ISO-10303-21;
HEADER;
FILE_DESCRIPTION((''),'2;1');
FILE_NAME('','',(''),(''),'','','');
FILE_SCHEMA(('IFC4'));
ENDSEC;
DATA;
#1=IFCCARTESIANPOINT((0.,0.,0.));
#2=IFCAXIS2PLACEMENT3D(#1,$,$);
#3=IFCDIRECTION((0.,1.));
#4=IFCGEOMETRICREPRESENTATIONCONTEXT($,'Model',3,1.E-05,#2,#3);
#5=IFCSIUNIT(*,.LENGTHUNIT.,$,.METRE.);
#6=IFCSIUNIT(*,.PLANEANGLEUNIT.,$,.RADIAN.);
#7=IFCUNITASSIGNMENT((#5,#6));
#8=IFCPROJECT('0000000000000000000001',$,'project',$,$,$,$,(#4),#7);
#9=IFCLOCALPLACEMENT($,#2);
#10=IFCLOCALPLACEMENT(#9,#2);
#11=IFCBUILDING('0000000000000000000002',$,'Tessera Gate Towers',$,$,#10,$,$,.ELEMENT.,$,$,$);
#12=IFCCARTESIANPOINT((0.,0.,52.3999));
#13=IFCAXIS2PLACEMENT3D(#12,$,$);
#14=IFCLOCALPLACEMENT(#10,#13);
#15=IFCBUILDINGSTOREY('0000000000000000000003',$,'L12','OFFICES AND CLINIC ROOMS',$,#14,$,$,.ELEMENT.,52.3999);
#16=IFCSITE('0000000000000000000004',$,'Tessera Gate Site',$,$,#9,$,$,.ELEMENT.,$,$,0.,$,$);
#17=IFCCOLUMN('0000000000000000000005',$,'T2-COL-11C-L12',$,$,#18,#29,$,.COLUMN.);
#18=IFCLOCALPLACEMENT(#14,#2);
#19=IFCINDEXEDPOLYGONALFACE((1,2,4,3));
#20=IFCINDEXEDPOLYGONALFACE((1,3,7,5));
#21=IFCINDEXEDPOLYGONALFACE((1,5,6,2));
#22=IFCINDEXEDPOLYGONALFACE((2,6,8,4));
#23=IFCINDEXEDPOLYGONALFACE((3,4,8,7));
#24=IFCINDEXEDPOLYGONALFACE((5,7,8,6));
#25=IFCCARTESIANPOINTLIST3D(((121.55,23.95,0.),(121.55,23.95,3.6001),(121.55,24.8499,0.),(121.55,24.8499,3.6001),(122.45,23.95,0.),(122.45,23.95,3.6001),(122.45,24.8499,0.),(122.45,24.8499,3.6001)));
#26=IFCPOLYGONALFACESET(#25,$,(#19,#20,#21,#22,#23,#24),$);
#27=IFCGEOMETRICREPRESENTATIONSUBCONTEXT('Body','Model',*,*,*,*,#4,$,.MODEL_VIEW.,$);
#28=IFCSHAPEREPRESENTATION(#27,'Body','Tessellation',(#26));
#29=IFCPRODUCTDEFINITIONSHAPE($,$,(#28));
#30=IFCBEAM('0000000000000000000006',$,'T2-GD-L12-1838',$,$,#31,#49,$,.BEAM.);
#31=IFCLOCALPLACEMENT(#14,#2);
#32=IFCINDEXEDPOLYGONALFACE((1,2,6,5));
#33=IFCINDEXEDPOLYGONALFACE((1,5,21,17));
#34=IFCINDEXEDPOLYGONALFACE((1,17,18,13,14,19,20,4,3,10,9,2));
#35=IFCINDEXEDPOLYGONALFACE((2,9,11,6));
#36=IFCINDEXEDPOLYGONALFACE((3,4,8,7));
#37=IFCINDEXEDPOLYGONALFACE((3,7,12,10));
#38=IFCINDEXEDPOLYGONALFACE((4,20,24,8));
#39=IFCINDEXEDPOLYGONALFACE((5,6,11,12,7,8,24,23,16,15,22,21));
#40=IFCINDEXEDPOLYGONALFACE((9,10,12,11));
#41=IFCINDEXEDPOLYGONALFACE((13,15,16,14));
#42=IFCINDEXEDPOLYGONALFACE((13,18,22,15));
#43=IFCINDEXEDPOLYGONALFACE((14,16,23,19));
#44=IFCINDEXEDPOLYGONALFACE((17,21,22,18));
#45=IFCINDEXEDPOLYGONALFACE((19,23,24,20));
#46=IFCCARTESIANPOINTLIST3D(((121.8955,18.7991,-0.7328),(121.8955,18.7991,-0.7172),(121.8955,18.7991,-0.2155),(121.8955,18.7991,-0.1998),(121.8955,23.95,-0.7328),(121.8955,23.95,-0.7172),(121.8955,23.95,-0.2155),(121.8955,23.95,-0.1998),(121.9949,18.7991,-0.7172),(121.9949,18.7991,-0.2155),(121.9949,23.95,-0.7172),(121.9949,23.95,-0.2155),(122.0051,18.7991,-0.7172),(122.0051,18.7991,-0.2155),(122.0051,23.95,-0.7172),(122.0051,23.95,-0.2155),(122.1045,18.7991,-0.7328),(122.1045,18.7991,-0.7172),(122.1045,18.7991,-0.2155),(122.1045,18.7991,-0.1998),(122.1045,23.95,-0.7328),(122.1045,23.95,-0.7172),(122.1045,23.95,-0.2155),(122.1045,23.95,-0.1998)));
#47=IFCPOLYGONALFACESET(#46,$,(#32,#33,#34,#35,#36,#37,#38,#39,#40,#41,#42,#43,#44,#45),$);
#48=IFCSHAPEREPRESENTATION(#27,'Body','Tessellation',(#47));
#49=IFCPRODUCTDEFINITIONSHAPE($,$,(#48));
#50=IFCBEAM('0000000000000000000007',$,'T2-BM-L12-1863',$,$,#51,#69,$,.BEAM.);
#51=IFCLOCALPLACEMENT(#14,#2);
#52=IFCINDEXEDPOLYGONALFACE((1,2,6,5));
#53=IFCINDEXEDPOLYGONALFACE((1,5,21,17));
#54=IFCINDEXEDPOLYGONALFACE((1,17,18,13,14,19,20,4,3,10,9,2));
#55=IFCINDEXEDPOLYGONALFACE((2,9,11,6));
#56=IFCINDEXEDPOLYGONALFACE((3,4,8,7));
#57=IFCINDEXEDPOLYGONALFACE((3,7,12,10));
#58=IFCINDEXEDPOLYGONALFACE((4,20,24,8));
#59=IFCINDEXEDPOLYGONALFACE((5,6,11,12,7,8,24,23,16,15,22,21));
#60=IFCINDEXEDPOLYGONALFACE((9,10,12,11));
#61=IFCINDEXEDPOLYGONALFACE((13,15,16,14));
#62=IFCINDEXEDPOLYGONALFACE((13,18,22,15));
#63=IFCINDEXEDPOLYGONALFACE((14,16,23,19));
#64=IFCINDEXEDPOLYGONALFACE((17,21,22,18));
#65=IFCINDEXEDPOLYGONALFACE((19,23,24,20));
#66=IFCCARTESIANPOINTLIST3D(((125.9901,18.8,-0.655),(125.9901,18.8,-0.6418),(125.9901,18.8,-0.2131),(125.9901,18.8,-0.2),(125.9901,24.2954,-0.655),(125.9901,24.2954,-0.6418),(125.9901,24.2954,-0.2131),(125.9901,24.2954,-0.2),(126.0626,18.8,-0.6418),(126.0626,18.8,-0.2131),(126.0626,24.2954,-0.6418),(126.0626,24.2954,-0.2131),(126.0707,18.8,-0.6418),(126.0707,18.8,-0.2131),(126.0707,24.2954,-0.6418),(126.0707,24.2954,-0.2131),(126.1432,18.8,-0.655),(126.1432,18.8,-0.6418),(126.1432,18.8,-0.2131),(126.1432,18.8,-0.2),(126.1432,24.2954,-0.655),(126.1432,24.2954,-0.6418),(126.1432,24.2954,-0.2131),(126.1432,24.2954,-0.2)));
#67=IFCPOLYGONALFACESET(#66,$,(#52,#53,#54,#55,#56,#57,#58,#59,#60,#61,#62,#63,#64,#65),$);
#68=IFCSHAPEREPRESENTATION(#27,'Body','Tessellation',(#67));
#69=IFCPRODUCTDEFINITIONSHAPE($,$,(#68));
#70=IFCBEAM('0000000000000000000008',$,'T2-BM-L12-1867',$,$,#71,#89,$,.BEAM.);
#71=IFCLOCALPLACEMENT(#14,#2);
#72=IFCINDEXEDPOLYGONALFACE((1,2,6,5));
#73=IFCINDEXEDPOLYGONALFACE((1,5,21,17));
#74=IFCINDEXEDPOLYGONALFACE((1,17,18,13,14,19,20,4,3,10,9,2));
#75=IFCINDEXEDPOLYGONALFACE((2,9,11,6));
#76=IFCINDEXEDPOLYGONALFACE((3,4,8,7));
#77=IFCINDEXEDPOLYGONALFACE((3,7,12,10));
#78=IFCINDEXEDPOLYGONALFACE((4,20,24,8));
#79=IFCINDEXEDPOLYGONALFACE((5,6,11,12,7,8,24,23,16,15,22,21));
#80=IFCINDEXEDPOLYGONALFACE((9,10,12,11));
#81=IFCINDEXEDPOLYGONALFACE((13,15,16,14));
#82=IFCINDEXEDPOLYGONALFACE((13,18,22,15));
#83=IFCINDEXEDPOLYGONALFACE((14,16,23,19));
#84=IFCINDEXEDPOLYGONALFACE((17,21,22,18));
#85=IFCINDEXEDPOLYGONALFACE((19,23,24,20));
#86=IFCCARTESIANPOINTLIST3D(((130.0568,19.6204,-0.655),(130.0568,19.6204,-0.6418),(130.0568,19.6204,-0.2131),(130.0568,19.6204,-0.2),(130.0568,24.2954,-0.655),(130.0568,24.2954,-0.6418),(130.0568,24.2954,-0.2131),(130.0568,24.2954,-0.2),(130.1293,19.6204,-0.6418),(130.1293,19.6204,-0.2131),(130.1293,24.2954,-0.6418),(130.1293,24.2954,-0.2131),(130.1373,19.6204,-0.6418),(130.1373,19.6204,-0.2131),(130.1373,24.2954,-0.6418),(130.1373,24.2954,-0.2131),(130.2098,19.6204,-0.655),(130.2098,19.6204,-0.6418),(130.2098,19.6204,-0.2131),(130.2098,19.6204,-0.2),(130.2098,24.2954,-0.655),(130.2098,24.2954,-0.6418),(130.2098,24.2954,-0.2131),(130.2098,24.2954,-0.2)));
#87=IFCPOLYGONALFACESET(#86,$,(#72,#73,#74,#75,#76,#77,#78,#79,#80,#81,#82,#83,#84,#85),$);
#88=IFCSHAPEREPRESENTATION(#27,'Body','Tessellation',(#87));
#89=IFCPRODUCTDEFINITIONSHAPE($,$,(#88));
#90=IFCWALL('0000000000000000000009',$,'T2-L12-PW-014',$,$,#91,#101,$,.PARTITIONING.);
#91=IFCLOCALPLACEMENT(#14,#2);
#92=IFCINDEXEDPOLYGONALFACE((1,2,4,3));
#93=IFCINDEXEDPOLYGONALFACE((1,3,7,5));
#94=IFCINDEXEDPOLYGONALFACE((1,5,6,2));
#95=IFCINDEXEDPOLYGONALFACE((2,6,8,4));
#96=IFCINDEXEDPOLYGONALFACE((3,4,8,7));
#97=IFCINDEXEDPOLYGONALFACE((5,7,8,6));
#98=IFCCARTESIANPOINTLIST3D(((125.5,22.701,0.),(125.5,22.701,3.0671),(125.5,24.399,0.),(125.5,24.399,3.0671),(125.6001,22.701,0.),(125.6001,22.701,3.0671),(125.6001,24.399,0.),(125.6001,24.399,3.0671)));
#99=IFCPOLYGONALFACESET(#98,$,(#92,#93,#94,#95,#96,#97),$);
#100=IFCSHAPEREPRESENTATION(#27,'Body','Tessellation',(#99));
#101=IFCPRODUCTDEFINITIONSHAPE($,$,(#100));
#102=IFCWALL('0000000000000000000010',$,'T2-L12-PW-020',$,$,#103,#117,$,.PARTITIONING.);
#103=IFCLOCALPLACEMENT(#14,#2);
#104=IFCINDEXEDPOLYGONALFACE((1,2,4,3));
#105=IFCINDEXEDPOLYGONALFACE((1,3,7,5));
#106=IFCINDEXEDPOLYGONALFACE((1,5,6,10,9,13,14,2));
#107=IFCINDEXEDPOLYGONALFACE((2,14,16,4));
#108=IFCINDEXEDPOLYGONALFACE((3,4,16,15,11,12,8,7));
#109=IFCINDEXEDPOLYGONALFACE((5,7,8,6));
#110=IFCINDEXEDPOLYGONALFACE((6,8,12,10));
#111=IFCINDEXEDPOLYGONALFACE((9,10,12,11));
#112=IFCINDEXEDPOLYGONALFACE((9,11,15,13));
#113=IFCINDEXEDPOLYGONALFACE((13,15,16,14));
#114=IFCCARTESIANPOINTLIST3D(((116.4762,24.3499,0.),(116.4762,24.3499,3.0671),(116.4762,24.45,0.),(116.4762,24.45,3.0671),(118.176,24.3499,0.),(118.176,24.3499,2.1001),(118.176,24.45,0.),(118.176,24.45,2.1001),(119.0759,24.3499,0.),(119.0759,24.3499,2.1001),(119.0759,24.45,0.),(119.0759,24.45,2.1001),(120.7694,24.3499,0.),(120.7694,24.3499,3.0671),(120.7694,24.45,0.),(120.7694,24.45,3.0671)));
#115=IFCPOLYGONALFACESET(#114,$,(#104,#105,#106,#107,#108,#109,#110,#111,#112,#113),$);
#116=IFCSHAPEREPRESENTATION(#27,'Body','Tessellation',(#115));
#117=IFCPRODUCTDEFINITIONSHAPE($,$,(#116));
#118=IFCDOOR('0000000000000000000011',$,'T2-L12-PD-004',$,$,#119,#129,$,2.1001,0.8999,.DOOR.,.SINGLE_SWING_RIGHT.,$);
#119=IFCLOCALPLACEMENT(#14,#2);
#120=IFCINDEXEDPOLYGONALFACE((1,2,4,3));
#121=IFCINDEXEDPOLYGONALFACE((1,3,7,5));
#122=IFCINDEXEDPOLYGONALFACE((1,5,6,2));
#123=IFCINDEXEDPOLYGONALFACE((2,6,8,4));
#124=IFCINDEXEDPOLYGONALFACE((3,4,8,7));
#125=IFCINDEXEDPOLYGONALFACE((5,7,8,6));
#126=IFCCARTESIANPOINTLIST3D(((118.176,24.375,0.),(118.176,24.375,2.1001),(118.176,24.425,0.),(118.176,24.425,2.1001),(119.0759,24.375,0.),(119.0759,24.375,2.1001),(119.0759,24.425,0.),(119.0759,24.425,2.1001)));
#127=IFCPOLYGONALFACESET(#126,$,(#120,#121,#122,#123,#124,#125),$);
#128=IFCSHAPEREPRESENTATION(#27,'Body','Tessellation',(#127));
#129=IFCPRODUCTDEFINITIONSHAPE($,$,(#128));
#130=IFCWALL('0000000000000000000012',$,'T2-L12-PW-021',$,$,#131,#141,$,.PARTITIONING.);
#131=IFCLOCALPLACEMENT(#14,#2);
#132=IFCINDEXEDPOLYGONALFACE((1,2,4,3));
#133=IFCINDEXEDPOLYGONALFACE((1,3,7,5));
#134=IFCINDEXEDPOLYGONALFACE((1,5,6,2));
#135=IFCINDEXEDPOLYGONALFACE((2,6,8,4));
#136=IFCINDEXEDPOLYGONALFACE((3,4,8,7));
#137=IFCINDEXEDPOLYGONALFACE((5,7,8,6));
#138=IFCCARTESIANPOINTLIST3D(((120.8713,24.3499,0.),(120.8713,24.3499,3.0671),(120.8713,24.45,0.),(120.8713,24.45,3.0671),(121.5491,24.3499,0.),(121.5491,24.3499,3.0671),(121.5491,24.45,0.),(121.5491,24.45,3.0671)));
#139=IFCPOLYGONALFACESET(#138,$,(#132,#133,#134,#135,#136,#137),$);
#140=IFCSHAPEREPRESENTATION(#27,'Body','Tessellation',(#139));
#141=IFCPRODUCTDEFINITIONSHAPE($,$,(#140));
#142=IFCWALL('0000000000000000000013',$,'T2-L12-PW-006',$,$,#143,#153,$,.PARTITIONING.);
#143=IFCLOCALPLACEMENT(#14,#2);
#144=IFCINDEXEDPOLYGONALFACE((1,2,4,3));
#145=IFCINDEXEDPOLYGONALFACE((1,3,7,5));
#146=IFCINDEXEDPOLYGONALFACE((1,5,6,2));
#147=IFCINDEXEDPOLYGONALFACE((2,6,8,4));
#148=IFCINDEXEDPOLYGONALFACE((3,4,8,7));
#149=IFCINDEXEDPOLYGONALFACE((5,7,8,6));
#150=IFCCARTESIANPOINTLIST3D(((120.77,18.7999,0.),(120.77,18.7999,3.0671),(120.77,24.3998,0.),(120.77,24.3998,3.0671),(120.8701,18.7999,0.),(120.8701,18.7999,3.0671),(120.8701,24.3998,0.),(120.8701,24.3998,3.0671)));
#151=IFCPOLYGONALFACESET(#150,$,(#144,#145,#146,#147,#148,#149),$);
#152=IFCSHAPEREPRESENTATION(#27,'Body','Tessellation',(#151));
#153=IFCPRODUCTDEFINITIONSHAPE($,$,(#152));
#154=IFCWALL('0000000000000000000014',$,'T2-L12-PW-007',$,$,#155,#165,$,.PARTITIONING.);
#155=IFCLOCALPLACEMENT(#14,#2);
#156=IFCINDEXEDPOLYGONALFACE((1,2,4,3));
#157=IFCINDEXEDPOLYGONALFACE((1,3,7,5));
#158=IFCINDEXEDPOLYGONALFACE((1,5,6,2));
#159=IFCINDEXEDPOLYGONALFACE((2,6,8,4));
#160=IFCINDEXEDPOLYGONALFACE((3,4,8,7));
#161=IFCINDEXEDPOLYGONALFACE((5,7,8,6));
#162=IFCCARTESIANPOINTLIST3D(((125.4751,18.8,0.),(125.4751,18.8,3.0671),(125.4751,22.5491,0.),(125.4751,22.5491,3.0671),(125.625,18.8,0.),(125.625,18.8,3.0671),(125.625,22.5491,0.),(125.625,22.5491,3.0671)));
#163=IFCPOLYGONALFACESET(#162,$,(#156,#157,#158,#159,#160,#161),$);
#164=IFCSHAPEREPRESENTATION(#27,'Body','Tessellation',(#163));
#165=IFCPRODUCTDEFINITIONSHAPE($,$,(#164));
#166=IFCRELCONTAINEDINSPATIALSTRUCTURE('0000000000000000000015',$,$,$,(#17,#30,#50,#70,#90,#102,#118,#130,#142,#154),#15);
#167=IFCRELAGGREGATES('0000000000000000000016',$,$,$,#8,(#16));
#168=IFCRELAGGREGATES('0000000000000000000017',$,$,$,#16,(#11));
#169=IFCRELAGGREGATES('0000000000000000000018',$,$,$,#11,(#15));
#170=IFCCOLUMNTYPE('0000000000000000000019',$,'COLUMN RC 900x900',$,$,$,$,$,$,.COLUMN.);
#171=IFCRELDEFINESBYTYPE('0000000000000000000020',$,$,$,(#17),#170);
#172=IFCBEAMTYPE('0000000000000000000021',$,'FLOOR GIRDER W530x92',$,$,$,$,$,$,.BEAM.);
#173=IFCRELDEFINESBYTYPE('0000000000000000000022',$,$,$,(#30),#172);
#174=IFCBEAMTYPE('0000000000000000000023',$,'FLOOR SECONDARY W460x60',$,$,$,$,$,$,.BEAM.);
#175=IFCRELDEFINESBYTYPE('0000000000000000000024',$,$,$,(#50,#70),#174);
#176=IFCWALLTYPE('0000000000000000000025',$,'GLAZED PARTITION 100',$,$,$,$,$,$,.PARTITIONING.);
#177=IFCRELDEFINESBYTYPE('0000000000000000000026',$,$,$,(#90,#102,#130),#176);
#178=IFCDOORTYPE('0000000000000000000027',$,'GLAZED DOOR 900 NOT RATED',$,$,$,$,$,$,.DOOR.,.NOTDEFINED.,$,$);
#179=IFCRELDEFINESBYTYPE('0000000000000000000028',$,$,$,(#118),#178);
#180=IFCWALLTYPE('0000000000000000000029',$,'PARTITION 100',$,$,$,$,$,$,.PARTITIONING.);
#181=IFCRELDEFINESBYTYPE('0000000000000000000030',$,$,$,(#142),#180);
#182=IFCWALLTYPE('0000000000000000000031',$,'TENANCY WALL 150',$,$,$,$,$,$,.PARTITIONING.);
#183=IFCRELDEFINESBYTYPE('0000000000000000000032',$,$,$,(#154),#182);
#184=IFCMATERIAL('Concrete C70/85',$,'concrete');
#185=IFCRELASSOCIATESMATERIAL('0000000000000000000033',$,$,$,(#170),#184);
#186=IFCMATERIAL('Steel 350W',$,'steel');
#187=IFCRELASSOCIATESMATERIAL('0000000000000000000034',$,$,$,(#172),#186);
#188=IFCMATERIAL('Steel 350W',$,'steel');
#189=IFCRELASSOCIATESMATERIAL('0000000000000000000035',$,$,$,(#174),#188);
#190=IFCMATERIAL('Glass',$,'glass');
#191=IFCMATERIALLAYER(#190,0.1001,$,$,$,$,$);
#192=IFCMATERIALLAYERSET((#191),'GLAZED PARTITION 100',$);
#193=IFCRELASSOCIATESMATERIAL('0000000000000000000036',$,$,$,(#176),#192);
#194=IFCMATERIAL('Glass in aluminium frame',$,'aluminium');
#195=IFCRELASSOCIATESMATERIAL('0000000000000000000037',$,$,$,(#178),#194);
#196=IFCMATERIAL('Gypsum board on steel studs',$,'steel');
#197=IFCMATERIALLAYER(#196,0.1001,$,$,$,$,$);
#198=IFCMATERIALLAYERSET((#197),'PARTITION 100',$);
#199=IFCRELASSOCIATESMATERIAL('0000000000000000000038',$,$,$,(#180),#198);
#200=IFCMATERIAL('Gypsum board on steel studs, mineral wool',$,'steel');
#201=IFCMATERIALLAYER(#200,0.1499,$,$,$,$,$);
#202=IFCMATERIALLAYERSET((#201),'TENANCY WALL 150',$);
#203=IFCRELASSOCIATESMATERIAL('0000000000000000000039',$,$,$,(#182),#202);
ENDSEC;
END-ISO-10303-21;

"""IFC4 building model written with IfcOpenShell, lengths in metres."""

from ifc_helpers import new_model, si_unit, direction, frame, frame_2d, origin, origin_2d, place, context, subcontext, project, spatial, rectangle, i_section, extrude, source, transform, mapped, material, layer, layer_set, material_profile, profile_set, type_object, element, fill, save


model = new_model("IFC4")

# Units and contexts
model_context = context("Model", 3, precision=1e-05, world=origin(), true_north=direction((0.0, 1.0)))
body_context = subcontext(model_context, "Body", "Model", "MODEL_VIEW")
ifc_project = project(units=[si_unit("LENGTHUNIT", "METRE"), si_unit("PLANEANGLEUNIT", "RADIAN")], contexts=[model_context])

# Site, building, storey
site_placement = place(None, origin())
site = spatial("IfcSite", under=ifc_project, at=site_placement, Name="Tessera Gate Site", CompositionType="ELEMENT", RefElevation=0.0)
building_placement = place(site_placement, origin())
building = spatial("IfcBuilding", under=site, at=building_placement, Name="Tessera Gate Towers", CompositionType="ELEMENT")
storey_placement = place(building_placement, frame((0.0, 0.0, 52.3999)))
storey = spatial("IfcBuildingStorey", under=building, at=storey_placement, Name="L12", Description="OFFICES AND CLINIC ROOMS", CompositionType="ELEMENT", Elevation=52.3999)

# Column
ifc_material_1 = material(Name="Concrete C70/85", Category="concrete")
ifc_material_profile_1 = material_profile(ifc_material_1, rectangle(XDim=0.8999, YDim=0.8999, at=origin_2d()), Name="RC 900x900")
ifc_profile_set_1 = profile_set([ifc_material_profile_1], Name="Concrete C70/85")
column_type = type_object("IfcColumnType", Name="COLUMN RC 900x900", PredefinedType="COLUMN", material=ifc_profile_set_1)
column_placement = place(storey_placement, frame((122.0, 24.3999, 0.0), z_axis=(0.0, 0.0, 1.0), x_axis=(1.0, 0.0, 0.0)))
element("IfcColumn", 1, at=column_placement, inside=storey, type_object=column_type, Name="T2-COL-11C-L12", PredefinedType="COLUMN", context=body_context, shape_type="SweptSolid", body=[
    extrude(rectangle(XDim=0.8999, YDim=0.8999, at=origin_2d()), origin(), (0.0, 0.0, 1.0), 3.6001),
])

# Beams
ifc_material_2 = material(Name="Steel 350W", Category="steel")
ifc_material_profile_2 = material_profile(ifc_material_2, i_section(OverallWidth=0.209, OverallDepth=0.533, WebThickness=0.0103, FlangeThickness=0.0156, at=origin_2d()), Name="W530x92")
ifc_profile_set_2 = profile_set([ifc_material_profile_2], Name="Steel 350W")
beam_type_1 = type_object("IfcBeamType", Name="FLOOR GIRDER W530x92", PredefinedType="BEAM", material=ifc_profile_set_2)
beam_1_placement = place(storey_placement, frame((122.0, 18.7991, -0.4663), z_axis=(0.0, 1.0, 0.0), x_axis=(-1.0, 0.0, 0.0)))
element("IfcBeam", 2, at=beam_1_placement, inside=storey, type_object=beam_type_1, Name="T2-GD-L12-1838", PredefinedType="BEAM", context=body_context, shape_type="SweptSolid", body=[
    extrude(i_section(OverallWidth=0.209, OverallDepth=0.533, WebThickness=0.0103, FlangeThickness=0.0156, at=origin_2d()), origin(), (0.0, 0.0, 1.0), 5.1509),
])
ifc_material_3 = material(Name="Steel 350W", Category="steel")
ifc_material_profile_3 = material_profile(ifc_material_3, i_section(OverallWidth=0.1531, OverallDepth=0.4551, WebThickness=0.0081, FlangeThickness=0.0132, at=origin_2d()), Name="W460x60")
ifc_profile_set_3 = profile_set([ifc_material_profile_3], Name="Steel 350W")
beam_type_2 = type_object("IfcBeamType", Name="FLOOR SECONDARY W460x60", PredefinedType="BEAM", material=ifc_profile_set_3)
beam_2_placement = place(storey_placement, frame((126.0667, 18.8, -0.4275), z_axis=(0.0, 1.0, 0.0), x_axis=(-1.0, 0.0, 0.0)))
element("IfcBeam", 3, at=beam_2_placement, inside=storey, type_object=beam_type_2, Name="T2-BM-L12-1863", PredefinedType="BEAM", context=body_context, shape_type="SweptSolid", body=[
    extrude(i_section(OverallWidth=0.1531, OverallDepth=0.4551, WebThickness=0.0081, FlangeThickness=0.0132, at=origin_2d()), origin(), (0.0, 0.0, 1.0), 5.4954),
])
beam_3_placement = place(storey_placement, frame((130.1333, 19.6204, -0.4275), z_axis=(0.0, 1.0, 0.0), x_axis=(-1.0, 0.0, 0.0)))
element("IfcBeam", 4, at=beam_3_placement, inside=storey, type_object=beam_type_2, Name="T2-BM-L12-1867", PredefinedType="BEAM", context=body_context, shape_type="SweptSolid", body=[
    extrude(i_section(OverallWidth=0.1531, OverallDepth=0.4551, WebThickness=0.0081, FlangeThickness=0.0132, at=origin_2d()), origin(), (0.0, 0.0, 1.0), 4.675),
])

# Wall
ifc_material_4 = material(Name="Glass", Category="glass")
ifc_layer_1 = layer(ifc_material_4, 0.1001)
ifc_layer_set_1 = layer_set([ifc_layer_1], Name="GLAZED PARTITION 100")
wall_type_1 = type_object("IfcWallType", Name="GLAZED PARTITION 100", PredefinedType="PARTITIONING", material=ifc_layer_set_1)
wall_1_placement = place(storey_placement, frame((125.55, 22.7009, 0.0), z_axis=(0.0, 0.0, 1.0), x_axis=(0.0, 1.0, 0.0)))
element("IfcWall", 5, at=wall_1_placement, inside=storey, type_object=wall_type_1, Name="T2-L12-PW-014", PredefinedType="PARTITIONING", context=body_context, shape_type="SweptSolid", body=[
    extrude(rectangle(XDim=1.698, YDim=0.1001, at=frame_2d((0.8491, 0.0))), origin(), (0.0, 0.0, 1.0), 3.0671),
])

# Wall, opening, door
wall_2_placement = place(storey_placement, frame((120.7693, 24.3999, 0.0), z_axis=(0.0, 0.0, 1.0), x_axis=(-1.0, 0.0, 0.0)))
wall_2 = element("IfcWall", 6, at=wall_2_placement, inside=storey, type_object=wall_type_1, Name="T2-L12-PW-020", PredefinedType="PARTITIONING", context=body_context, shape_type="SweptSolid", body=[
    extrude(rectangle(XDim=4.2932, YDim=0.1001, at=frame_2d((2.1465, 0.0))), origin(), (0.0, 0.0, 1.0), 3.0671),
])
shared_shape_1 = source(origin(), body_context, "Body", "SweptSolid", [
    extrude(rectangle(XDim=0.8999, YDim=2.1001, at=frame_2d((0.45, 1.05))), frame((0.0, 0.0601, 0.0), z_axis=(0.0, -1.0, 0.0), x_axis=(1.0, 0.0, 0.0)), (0.0, 0.0, 1.0), 0.1201),
])
opening_1_placement = place(wall_2_placement, frame((1.6934, 0.0, 0.0)))
opening_1 = element("IfcOpeningElement", 7, at=opening_1_placement, cuts=wall_2, PredefinedType="OPENING", context=body_context, shape_type="MappedRepresentation", body=[
    mapped(shared_shape_1, transform((0.0, 0.0, 0.0), scale=1.0)),
])
ifc_material_5 = material(Name="Glass in aluminium frame", Category="aluminium")
door_type_1 = type_object("IfcDoorType", Name="GLAZED DOOR 900 NOT RATED", OperationType="NOTDEFINED", PredefinedType="DOOR", material=ifc_material_5)
shared_shape_2 = source(origin(), body_context, "Body", "SweptSolid", [
    extrude(rectangle(XDim=0.8999, YDim=2.1001, at=frame_2d((0.45, 1.05))), frame((0.0, 0.0249, 0.0), z_axis=(0.0, -1.0, 0.0), x_axis=(1.0, 0.0, 0.0)), (0.0, 0.0, 1.0), 0.05),
])
door_1_placement = place(opening_1_placement, origin())
door_1 = element("IfcDoor", 8, at=door_1_placement, inside=storey, type_object=door_type_1, Name="T2-L12-PD-004", OperationType="SINGLE_SWING_RIGHT", OverallHeight=2.1001, OverallWidth=0.8999, PredefinedType="DOOR", context=body_context, shape_type="MappedRepresentation", body=[
    mapped(shared_shape_2, transform((0.0, 0.0, 0.0), scale=1.0)),
])
fill(opening_1, door_1)

# Walls
wall_3_placement = place(storey_placement, frame((120.8713, 24.3999, 0.0), z_axis=(0.0, 0.0, 1.0), x_axis=(1.0, 0.0, 0.0)))
element("IfcWall", 9, at=wall_3_placement, inside=storey, type_object=wall_type_1, Name="T2-L12-PW-021", PredefinedType="PARTITIONING", context=body_context, shape_type="SweptSolid", body=[
    extrude(rectangle(XDim=0.6777, YDim=0.1001, at=frame_2d((0.3389, 0.0))), origin(), (0.0, 0.0, 1.0), 3.0671),
])
ifc_material_6 = material(Name="Gypsum board on steel studs", Category="steel")
ifc_layer_2 = layer(ifc_material_6, 0.1001)
ifc_layer_set_2 = layer_set([ifc_layer_2], Name="PARTITION 100")
wall_type_2 = type_object("IfcWallType", Name="PARTITION 100", PredefinedType="PARTITIONING", material=ifc_layer_set_2)
wall_4_placement = place(storey_placement, frame((120.8201, 18.8, 0.0), z_axis=(0.0, 0.0, 1.0), x_axis=(0.0, 1.0, 0.0)))
element("IfcWall", 10, at=wall_4_placement, inside=storey, type_object=wall_type_2, Name="T2-L12-PW-006", PredefinedType="PARTITIONING", context=body_context, shape_type="SweptSolid", body=[
    extrude(rectangle(XDim=5.5999, YDim=0.1001, at=frame_2d((2.7998, 0.0))), origin(), (0.0, 0.0, 1.0), 3.0671),
])
ifc_material_7 = material(Name="Gypsum board on steel studs, mineral wool", Category="steel")
ifc_layer_3 = layer(ifc_material_7, 0.1499)
ifc_layer_set_3 = layer_set([ifc_layer_3], Name="TENANCY WALL 150")
wall_type_3 = type_object("IfcWallType", Name="TENANCY WALL 150", PredefinedType="PARTITIONING", material=ifc_layer_set_3)
wall_5_placement = place(storey_placement, frame((125.55, 18.8, 0.0), z_axis=(0.0, 0.0, 1.0), x_axis=(0.0, 1.0, 0.0)))
element("IfcWall", 11, at=wall_5_placement, inside=storey, type_object=wall_type_3, Name="T2-L12-PW-007", PredefinedType="PARTITIONING", context=body_context, shape_type="SweptSolid", body=[
    extrude(rectangle(XDim=3.749, YDim=0.1499, at=frame_2d((1.8745, 0.0))), origin(), (0.0, 0.0, 1.0), 3.0671),
])

save(model, "model.ifc")
